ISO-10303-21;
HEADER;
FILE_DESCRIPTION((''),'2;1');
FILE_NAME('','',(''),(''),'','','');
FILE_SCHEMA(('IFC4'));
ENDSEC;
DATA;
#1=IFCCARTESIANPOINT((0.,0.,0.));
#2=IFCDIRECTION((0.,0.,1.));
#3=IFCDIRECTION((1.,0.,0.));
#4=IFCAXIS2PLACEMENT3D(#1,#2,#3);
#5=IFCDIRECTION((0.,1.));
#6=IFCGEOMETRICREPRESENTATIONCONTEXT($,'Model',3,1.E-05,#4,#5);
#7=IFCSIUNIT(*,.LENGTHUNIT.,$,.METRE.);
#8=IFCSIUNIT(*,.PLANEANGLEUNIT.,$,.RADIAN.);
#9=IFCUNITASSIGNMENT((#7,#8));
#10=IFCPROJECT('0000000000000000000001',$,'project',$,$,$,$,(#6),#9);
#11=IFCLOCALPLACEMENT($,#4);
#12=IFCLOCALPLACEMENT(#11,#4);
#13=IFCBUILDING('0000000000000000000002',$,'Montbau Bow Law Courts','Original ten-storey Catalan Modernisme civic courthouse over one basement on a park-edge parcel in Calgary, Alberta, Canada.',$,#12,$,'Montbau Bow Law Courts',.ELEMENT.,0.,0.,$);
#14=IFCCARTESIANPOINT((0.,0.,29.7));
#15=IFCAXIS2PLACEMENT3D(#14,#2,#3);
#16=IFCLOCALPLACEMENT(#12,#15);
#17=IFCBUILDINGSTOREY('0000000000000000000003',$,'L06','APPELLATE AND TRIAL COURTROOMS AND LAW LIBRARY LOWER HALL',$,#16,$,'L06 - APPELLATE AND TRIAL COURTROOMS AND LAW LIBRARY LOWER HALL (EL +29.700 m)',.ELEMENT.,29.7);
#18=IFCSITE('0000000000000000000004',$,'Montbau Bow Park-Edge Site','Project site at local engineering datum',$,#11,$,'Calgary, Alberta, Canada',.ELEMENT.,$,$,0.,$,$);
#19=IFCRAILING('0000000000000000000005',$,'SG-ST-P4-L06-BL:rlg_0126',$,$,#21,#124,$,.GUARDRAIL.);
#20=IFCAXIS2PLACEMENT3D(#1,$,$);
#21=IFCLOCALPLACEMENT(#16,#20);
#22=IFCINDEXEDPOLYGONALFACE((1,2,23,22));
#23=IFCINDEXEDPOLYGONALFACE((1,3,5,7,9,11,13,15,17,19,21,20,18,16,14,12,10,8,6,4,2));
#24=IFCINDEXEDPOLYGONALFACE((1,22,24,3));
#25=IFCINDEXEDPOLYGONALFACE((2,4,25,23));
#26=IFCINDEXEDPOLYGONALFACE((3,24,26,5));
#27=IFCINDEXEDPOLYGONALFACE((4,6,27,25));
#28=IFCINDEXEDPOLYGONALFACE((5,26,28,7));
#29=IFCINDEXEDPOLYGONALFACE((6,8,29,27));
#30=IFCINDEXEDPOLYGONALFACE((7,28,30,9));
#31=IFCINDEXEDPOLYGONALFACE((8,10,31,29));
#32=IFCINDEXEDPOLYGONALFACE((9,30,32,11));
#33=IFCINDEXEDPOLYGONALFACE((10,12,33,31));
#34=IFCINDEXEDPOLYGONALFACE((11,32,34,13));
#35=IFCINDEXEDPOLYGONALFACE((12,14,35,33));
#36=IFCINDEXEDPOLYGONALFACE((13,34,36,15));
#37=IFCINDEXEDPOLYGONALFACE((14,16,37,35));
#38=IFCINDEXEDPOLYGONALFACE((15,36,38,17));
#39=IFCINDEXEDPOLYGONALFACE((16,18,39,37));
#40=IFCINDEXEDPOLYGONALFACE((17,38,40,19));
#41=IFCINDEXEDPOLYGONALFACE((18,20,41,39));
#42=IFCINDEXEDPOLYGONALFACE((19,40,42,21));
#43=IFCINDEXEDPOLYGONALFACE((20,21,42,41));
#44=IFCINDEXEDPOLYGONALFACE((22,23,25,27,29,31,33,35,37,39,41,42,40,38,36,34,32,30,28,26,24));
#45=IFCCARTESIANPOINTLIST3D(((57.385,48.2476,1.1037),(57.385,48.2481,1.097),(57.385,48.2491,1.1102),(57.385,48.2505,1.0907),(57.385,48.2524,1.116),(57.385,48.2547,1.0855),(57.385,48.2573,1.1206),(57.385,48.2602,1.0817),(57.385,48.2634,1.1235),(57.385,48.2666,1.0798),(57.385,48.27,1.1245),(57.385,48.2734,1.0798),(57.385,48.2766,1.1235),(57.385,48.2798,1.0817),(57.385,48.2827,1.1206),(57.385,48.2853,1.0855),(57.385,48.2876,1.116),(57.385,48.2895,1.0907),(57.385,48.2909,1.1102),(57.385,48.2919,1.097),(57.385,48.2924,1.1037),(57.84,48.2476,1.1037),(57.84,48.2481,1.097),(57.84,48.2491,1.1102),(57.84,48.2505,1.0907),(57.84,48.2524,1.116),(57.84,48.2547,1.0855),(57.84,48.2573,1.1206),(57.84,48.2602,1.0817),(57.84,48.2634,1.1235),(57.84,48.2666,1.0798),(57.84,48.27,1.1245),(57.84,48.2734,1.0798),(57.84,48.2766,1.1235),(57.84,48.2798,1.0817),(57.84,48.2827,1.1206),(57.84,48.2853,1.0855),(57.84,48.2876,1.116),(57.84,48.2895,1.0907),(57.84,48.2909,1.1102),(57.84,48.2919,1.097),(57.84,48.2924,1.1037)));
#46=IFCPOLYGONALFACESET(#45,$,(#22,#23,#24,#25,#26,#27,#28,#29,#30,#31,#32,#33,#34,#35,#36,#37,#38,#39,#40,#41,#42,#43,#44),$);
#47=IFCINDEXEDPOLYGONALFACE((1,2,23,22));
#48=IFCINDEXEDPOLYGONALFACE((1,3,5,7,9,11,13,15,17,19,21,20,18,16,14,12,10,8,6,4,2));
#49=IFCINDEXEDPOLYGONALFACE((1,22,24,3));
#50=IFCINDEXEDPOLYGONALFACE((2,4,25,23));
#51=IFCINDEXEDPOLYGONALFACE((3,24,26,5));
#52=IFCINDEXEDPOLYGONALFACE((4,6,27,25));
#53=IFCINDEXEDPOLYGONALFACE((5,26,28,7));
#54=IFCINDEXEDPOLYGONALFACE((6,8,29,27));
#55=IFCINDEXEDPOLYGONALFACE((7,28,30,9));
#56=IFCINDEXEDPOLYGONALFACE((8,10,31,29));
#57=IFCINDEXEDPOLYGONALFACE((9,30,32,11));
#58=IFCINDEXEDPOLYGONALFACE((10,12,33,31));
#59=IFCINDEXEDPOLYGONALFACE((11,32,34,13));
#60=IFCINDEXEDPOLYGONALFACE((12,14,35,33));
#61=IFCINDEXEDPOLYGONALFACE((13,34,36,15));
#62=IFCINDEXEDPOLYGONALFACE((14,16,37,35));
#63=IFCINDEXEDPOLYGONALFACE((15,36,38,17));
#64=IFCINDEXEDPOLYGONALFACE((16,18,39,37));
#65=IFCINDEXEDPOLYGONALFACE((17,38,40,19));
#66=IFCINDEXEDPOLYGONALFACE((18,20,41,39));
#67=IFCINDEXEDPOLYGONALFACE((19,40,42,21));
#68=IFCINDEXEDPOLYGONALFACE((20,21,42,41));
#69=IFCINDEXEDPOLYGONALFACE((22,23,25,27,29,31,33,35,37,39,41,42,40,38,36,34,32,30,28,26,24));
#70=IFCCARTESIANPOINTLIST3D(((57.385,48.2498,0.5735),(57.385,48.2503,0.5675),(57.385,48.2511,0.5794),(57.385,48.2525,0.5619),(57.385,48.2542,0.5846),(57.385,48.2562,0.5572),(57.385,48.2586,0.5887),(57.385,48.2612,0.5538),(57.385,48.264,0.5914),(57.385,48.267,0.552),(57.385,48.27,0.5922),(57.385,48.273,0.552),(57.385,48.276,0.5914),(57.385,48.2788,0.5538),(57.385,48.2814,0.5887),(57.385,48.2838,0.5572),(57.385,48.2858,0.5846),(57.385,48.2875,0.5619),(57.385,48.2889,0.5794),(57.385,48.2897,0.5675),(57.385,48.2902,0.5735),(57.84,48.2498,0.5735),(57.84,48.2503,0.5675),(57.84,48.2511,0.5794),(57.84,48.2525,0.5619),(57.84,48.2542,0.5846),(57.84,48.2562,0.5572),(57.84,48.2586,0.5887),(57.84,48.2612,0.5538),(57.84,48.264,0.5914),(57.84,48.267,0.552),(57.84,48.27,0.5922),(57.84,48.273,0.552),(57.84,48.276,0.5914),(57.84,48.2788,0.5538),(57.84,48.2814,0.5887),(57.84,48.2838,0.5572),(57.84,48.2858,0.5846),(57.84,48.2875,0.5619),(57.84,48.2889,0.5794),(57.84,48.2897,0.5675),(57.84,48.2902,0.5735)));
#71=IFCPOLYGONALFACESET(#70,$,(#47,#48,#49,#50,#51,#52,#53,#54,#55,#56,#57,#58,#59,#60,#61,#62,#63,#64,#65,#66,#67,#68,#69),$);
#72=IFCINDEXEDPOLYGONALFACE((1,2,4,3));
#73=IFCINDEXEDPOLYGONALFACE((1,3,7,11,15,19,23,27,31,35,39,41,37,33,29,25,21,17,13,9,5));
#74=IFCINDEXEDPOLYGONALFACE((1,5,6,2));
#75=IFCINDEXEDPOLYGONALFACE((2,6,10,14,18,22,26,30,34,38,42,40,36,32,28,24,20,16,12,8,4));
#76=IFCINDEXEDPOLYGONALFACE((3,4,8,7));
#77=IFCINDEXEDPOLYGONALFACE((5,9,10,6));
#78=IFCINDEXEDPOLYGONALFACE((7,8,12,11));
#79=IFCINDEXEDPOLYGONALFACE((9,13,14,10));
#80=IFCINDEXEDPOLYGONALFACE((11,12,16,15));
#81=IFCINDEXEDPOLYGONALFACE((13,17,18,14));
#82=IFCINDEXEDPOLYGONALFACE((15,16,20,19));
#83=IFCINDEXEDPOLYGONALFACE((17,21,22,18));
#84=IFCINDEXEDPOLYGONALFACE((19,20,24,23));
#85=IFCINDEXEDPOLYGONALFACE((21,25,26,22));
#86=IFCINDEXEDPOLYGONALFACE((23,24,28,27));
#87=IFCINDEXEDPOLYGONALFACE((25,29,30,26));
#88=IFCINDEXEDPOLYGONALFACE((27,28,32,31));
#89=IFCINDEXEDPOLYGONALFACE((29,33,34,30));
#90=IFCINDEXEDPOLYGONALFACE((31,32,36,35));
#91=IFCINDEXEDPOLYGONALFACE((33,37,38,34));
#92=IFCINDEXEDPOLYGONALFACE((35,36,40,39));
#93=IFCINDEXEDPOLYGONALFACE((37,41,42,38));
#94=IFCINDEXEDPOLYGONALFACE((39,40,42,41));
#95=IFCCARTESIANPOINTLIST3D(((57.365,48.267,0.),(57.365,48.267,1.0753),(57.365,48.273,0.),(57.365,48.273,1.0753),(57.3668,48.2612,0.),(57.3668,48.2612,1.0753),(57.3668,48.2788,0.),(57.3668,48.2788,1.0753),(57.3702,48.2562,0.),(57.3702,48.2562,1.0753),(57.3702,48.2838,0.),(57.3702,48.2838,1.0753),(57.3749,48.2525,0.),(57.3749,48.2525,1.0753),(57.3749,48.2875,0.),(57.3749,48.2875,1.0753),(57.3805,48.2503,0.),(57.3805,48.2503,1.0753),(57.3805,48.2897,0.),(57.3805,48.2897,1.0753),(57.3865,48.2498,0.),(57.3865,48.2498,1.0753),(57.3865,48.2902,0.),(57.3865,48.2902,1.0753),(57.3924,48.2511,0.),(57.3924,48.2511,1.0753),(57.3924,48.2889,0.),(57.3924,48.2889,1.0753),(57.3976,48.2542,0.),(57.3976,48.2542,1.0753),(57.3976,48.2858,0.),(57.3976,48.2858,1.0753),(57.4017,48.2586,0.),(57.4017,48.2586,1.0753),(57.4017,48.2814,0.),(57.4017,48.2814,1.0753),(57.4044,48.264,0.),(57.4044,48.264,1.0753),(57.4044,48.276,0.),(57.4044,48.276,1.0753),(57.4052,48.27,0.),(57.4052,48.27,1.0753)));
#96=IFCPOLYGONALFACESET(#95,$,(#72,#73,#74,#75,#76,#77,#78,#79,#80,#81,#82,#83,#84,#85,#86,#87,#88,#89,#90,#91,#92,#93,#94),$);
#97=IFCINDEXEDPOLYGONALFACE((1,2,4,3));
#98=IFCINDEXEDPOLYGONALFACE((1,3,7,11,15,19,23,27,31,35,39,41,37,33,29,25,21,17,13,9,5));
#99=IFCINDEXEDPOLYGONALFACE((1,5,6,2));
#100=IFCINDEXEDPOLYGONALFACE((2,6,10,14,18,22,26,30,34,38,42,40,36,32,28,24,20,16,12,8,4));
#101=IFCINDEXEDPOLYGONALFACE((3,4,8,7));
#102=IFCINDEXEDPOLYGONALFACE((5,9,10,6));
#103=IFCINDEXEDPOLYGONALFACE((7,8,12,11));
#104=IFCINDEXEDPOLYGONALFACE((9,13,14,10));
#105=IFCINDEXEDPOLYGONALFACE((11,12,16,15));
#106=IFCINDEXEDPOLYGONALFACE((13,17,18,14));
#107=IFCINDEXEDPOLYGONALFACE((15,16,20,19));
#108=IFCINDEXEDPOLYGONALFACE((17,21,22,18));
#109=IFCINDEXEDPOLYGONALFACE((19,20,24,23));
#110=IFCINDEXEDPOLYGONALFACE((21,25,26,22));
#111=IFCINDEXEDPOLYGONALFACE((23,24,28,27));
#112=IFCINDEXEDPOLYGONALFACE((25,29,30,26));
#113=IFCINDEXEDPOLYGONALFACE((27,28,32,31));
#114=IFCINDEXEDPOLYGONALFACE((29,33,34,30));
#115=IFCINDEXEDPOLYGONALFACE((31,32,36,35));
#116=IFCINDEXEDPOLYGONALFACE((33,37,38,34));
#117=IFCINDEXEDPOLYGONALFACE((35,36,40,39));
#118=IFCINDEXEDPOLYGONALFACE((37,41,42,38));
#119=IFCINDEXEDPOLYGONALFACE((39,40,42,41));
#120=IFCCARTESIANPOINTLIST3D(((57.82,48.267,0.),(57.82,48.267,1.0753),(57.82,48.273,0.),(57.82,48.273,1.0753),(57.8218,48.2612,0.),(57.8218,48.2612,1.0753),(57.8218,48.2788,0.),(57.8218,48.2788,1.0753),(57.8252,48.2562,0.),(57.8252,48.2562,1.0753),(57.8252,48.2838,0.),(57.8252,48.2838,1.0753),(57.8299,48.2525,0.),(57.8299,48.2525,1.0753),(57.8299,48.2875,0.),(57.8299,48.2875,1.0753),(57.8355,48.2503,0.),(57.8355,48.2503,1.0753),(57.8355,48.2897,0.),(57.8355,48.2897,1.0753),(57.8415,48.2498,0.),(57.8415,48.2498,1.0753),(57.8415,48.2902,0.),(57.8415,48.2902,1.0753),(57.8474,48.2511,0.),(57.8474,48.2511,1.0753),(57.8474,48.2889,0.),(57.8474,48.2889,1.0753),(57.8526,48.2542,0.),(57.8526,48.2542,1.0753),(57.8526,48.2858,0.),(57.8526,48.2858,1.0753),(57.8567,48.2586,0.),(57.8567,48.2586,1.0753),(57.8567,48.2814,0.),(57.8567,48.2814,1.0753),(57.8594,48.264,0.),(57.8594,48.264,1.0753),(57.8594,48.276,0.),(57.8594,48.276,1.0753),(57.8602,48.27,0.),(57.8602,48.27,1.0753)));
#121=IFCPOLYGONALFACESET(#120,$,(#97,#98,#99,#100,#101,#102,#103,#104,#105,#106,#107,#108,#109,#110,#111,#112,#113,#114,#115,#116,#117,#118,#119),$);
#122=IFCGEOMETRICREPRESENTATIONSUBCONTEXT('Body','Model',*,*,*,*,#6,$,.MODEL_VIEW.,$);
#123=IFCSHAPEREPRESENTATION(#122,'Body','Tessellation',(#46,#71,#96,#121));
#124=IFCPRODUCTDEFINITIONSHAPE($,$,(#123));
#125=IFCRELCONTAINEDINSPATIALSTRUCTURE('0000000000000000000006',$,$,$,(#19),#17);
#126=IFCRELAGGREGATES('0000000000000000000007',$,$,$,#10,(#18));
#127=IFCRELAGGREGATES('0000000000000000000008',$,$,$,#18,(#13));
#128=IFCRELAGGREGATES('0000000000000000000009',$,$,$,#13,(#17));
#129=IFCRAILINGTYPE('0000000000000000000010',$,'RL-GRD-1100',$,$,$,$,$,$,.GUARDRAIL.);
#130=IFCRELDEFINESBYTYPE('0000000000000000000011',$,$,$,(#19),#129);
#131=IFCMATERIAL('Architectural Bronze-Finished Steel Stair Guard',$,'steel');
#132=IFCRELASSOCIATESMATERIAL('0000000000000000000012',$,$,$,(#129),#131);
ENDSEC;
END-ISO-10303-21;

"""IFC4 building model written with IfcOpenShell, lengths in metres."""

from ifc_helpers import new_model, si_unit, direction, frame, origin_with_axes, origin_2d_with_axis, place, context, subcontext, project, spatial, circle, extrude, material, type_object, element, save


model = new_model("IFC4")

# Units and contexts
model_context = context("Model", 3, precision=1e-05, world=origin_with_axes(), true_north=direction((0.0, 1.0)))
body_context = subcontext(model_context, "Body", "Model", "MODEL_VIEW")
ifc_project = project(units=[si_unit("LENGTHUNIT", "METRE"), si_unit("PLANEANGLEUNIT", "RADIAN")], contexts=[model_context])

# Site, building, storey
site_placement = place(None, origin_with_axes())
site = spatial("IfcSite", under=ifc_project, at=site_placement, Name="Montbau Bow Park-Edge Site", Description="Project site at local engineering datum", LongName="Calgary, Alberta, Canada", CompositionType="ELEMENT", RefElevation=0.0)
building_placement = place(site_placement, origin_with_axes())
building = spatial("IfcBuilding", under=site, at=building_placement, Name="Montbau Bow Law Courts", Description="Original ten-storey Catalan Modernisme civic courthouse over one basement on a park-edge parcel in Calgary, Alberta, Canada.", LongName="Montbau Bow Law Courts", CompositionType="ELEMENT", ElevationOfRefHeight=0.0, ElevationOfTerrain=0.0)
storey_placement = place(building_placement, frame((0.0, 0.0, 29.7), z_axis=(0.0, 0.0, 1.0), x_axis=(1.0, 0.0, 0.0)))
storey = spatial("IfcBuildingStorey", under=building, at=storey_placement, Name="L06", Description="APPELLATE AND TRIAL COURTROOMS AND LAW LIBRARY LOWER HALL", LongName="L06 - APPELLATE AND TRIAL COURTROOMS AND LAW LIBRARY LOWER HALL (EL +29.700 m)", CompositionType="ELEMENT", Elevation=29.7)

# Railing
ifc_material_1 = material(Name="Architectural Bronze-Finished Steel Stair Guard", Category="steel")
railing_type_1 = type_object("IfcRailingType", Name="RL-GRD-1100", PredefinedType="GUARDRAIL", material=ifc_material_1)
railing_1_placement = place(None, origin_with_axes())
element("IfcRailing", 1, at=railing_1_placement, inside=storey, type_object=railing_type_1, Name="SG-ST-P4-L06-BL:rlg_0126", PredefinedType="GUARDRAIL", context=body_context, shape_type="SweptSolid", body=[
    extrude(circle(Radius=0.0225, at=origin_2d_with_axis()), frame((57.385, 48.27, 30.802), z_axis=(1.0, 0.0, 0.0), x_axis=(0.0, 0.0, 1.0)), (0.0, 0.0, 1.0), 0.455),
    extrude(circle(Radius=0.0203, at=origin_2d_with_axis()), frame((57.385, 48.27, 30.272), z_axis=(1.0, 0.0, 0.0), x_axis=(0.0, 0.0, 1.0)), (0.0, 0.0, 1.0), 0.455),
    extrude(circle(Radius=0.0203, at=origin_2d_with_axis()), frame((57.385, 48.27, 29.7), z_axis=(0.0, 0.0, 1.0), x_axis=(1.0, 0.0, 0.0)), (0.0, 0.0, 1.0), 1.0753),
    extrude(circle(Radius=0.0203, at=origin_2d_with_axis()), frame((57.84, 48.27, 29.7), z_axis=(0.0, 0.0, 1.0), x_axis=(1.0, 0.0, 0.0)), (0.0, 0.0, 1.0), 1.0753),
])

save(model, "model.ifc")
